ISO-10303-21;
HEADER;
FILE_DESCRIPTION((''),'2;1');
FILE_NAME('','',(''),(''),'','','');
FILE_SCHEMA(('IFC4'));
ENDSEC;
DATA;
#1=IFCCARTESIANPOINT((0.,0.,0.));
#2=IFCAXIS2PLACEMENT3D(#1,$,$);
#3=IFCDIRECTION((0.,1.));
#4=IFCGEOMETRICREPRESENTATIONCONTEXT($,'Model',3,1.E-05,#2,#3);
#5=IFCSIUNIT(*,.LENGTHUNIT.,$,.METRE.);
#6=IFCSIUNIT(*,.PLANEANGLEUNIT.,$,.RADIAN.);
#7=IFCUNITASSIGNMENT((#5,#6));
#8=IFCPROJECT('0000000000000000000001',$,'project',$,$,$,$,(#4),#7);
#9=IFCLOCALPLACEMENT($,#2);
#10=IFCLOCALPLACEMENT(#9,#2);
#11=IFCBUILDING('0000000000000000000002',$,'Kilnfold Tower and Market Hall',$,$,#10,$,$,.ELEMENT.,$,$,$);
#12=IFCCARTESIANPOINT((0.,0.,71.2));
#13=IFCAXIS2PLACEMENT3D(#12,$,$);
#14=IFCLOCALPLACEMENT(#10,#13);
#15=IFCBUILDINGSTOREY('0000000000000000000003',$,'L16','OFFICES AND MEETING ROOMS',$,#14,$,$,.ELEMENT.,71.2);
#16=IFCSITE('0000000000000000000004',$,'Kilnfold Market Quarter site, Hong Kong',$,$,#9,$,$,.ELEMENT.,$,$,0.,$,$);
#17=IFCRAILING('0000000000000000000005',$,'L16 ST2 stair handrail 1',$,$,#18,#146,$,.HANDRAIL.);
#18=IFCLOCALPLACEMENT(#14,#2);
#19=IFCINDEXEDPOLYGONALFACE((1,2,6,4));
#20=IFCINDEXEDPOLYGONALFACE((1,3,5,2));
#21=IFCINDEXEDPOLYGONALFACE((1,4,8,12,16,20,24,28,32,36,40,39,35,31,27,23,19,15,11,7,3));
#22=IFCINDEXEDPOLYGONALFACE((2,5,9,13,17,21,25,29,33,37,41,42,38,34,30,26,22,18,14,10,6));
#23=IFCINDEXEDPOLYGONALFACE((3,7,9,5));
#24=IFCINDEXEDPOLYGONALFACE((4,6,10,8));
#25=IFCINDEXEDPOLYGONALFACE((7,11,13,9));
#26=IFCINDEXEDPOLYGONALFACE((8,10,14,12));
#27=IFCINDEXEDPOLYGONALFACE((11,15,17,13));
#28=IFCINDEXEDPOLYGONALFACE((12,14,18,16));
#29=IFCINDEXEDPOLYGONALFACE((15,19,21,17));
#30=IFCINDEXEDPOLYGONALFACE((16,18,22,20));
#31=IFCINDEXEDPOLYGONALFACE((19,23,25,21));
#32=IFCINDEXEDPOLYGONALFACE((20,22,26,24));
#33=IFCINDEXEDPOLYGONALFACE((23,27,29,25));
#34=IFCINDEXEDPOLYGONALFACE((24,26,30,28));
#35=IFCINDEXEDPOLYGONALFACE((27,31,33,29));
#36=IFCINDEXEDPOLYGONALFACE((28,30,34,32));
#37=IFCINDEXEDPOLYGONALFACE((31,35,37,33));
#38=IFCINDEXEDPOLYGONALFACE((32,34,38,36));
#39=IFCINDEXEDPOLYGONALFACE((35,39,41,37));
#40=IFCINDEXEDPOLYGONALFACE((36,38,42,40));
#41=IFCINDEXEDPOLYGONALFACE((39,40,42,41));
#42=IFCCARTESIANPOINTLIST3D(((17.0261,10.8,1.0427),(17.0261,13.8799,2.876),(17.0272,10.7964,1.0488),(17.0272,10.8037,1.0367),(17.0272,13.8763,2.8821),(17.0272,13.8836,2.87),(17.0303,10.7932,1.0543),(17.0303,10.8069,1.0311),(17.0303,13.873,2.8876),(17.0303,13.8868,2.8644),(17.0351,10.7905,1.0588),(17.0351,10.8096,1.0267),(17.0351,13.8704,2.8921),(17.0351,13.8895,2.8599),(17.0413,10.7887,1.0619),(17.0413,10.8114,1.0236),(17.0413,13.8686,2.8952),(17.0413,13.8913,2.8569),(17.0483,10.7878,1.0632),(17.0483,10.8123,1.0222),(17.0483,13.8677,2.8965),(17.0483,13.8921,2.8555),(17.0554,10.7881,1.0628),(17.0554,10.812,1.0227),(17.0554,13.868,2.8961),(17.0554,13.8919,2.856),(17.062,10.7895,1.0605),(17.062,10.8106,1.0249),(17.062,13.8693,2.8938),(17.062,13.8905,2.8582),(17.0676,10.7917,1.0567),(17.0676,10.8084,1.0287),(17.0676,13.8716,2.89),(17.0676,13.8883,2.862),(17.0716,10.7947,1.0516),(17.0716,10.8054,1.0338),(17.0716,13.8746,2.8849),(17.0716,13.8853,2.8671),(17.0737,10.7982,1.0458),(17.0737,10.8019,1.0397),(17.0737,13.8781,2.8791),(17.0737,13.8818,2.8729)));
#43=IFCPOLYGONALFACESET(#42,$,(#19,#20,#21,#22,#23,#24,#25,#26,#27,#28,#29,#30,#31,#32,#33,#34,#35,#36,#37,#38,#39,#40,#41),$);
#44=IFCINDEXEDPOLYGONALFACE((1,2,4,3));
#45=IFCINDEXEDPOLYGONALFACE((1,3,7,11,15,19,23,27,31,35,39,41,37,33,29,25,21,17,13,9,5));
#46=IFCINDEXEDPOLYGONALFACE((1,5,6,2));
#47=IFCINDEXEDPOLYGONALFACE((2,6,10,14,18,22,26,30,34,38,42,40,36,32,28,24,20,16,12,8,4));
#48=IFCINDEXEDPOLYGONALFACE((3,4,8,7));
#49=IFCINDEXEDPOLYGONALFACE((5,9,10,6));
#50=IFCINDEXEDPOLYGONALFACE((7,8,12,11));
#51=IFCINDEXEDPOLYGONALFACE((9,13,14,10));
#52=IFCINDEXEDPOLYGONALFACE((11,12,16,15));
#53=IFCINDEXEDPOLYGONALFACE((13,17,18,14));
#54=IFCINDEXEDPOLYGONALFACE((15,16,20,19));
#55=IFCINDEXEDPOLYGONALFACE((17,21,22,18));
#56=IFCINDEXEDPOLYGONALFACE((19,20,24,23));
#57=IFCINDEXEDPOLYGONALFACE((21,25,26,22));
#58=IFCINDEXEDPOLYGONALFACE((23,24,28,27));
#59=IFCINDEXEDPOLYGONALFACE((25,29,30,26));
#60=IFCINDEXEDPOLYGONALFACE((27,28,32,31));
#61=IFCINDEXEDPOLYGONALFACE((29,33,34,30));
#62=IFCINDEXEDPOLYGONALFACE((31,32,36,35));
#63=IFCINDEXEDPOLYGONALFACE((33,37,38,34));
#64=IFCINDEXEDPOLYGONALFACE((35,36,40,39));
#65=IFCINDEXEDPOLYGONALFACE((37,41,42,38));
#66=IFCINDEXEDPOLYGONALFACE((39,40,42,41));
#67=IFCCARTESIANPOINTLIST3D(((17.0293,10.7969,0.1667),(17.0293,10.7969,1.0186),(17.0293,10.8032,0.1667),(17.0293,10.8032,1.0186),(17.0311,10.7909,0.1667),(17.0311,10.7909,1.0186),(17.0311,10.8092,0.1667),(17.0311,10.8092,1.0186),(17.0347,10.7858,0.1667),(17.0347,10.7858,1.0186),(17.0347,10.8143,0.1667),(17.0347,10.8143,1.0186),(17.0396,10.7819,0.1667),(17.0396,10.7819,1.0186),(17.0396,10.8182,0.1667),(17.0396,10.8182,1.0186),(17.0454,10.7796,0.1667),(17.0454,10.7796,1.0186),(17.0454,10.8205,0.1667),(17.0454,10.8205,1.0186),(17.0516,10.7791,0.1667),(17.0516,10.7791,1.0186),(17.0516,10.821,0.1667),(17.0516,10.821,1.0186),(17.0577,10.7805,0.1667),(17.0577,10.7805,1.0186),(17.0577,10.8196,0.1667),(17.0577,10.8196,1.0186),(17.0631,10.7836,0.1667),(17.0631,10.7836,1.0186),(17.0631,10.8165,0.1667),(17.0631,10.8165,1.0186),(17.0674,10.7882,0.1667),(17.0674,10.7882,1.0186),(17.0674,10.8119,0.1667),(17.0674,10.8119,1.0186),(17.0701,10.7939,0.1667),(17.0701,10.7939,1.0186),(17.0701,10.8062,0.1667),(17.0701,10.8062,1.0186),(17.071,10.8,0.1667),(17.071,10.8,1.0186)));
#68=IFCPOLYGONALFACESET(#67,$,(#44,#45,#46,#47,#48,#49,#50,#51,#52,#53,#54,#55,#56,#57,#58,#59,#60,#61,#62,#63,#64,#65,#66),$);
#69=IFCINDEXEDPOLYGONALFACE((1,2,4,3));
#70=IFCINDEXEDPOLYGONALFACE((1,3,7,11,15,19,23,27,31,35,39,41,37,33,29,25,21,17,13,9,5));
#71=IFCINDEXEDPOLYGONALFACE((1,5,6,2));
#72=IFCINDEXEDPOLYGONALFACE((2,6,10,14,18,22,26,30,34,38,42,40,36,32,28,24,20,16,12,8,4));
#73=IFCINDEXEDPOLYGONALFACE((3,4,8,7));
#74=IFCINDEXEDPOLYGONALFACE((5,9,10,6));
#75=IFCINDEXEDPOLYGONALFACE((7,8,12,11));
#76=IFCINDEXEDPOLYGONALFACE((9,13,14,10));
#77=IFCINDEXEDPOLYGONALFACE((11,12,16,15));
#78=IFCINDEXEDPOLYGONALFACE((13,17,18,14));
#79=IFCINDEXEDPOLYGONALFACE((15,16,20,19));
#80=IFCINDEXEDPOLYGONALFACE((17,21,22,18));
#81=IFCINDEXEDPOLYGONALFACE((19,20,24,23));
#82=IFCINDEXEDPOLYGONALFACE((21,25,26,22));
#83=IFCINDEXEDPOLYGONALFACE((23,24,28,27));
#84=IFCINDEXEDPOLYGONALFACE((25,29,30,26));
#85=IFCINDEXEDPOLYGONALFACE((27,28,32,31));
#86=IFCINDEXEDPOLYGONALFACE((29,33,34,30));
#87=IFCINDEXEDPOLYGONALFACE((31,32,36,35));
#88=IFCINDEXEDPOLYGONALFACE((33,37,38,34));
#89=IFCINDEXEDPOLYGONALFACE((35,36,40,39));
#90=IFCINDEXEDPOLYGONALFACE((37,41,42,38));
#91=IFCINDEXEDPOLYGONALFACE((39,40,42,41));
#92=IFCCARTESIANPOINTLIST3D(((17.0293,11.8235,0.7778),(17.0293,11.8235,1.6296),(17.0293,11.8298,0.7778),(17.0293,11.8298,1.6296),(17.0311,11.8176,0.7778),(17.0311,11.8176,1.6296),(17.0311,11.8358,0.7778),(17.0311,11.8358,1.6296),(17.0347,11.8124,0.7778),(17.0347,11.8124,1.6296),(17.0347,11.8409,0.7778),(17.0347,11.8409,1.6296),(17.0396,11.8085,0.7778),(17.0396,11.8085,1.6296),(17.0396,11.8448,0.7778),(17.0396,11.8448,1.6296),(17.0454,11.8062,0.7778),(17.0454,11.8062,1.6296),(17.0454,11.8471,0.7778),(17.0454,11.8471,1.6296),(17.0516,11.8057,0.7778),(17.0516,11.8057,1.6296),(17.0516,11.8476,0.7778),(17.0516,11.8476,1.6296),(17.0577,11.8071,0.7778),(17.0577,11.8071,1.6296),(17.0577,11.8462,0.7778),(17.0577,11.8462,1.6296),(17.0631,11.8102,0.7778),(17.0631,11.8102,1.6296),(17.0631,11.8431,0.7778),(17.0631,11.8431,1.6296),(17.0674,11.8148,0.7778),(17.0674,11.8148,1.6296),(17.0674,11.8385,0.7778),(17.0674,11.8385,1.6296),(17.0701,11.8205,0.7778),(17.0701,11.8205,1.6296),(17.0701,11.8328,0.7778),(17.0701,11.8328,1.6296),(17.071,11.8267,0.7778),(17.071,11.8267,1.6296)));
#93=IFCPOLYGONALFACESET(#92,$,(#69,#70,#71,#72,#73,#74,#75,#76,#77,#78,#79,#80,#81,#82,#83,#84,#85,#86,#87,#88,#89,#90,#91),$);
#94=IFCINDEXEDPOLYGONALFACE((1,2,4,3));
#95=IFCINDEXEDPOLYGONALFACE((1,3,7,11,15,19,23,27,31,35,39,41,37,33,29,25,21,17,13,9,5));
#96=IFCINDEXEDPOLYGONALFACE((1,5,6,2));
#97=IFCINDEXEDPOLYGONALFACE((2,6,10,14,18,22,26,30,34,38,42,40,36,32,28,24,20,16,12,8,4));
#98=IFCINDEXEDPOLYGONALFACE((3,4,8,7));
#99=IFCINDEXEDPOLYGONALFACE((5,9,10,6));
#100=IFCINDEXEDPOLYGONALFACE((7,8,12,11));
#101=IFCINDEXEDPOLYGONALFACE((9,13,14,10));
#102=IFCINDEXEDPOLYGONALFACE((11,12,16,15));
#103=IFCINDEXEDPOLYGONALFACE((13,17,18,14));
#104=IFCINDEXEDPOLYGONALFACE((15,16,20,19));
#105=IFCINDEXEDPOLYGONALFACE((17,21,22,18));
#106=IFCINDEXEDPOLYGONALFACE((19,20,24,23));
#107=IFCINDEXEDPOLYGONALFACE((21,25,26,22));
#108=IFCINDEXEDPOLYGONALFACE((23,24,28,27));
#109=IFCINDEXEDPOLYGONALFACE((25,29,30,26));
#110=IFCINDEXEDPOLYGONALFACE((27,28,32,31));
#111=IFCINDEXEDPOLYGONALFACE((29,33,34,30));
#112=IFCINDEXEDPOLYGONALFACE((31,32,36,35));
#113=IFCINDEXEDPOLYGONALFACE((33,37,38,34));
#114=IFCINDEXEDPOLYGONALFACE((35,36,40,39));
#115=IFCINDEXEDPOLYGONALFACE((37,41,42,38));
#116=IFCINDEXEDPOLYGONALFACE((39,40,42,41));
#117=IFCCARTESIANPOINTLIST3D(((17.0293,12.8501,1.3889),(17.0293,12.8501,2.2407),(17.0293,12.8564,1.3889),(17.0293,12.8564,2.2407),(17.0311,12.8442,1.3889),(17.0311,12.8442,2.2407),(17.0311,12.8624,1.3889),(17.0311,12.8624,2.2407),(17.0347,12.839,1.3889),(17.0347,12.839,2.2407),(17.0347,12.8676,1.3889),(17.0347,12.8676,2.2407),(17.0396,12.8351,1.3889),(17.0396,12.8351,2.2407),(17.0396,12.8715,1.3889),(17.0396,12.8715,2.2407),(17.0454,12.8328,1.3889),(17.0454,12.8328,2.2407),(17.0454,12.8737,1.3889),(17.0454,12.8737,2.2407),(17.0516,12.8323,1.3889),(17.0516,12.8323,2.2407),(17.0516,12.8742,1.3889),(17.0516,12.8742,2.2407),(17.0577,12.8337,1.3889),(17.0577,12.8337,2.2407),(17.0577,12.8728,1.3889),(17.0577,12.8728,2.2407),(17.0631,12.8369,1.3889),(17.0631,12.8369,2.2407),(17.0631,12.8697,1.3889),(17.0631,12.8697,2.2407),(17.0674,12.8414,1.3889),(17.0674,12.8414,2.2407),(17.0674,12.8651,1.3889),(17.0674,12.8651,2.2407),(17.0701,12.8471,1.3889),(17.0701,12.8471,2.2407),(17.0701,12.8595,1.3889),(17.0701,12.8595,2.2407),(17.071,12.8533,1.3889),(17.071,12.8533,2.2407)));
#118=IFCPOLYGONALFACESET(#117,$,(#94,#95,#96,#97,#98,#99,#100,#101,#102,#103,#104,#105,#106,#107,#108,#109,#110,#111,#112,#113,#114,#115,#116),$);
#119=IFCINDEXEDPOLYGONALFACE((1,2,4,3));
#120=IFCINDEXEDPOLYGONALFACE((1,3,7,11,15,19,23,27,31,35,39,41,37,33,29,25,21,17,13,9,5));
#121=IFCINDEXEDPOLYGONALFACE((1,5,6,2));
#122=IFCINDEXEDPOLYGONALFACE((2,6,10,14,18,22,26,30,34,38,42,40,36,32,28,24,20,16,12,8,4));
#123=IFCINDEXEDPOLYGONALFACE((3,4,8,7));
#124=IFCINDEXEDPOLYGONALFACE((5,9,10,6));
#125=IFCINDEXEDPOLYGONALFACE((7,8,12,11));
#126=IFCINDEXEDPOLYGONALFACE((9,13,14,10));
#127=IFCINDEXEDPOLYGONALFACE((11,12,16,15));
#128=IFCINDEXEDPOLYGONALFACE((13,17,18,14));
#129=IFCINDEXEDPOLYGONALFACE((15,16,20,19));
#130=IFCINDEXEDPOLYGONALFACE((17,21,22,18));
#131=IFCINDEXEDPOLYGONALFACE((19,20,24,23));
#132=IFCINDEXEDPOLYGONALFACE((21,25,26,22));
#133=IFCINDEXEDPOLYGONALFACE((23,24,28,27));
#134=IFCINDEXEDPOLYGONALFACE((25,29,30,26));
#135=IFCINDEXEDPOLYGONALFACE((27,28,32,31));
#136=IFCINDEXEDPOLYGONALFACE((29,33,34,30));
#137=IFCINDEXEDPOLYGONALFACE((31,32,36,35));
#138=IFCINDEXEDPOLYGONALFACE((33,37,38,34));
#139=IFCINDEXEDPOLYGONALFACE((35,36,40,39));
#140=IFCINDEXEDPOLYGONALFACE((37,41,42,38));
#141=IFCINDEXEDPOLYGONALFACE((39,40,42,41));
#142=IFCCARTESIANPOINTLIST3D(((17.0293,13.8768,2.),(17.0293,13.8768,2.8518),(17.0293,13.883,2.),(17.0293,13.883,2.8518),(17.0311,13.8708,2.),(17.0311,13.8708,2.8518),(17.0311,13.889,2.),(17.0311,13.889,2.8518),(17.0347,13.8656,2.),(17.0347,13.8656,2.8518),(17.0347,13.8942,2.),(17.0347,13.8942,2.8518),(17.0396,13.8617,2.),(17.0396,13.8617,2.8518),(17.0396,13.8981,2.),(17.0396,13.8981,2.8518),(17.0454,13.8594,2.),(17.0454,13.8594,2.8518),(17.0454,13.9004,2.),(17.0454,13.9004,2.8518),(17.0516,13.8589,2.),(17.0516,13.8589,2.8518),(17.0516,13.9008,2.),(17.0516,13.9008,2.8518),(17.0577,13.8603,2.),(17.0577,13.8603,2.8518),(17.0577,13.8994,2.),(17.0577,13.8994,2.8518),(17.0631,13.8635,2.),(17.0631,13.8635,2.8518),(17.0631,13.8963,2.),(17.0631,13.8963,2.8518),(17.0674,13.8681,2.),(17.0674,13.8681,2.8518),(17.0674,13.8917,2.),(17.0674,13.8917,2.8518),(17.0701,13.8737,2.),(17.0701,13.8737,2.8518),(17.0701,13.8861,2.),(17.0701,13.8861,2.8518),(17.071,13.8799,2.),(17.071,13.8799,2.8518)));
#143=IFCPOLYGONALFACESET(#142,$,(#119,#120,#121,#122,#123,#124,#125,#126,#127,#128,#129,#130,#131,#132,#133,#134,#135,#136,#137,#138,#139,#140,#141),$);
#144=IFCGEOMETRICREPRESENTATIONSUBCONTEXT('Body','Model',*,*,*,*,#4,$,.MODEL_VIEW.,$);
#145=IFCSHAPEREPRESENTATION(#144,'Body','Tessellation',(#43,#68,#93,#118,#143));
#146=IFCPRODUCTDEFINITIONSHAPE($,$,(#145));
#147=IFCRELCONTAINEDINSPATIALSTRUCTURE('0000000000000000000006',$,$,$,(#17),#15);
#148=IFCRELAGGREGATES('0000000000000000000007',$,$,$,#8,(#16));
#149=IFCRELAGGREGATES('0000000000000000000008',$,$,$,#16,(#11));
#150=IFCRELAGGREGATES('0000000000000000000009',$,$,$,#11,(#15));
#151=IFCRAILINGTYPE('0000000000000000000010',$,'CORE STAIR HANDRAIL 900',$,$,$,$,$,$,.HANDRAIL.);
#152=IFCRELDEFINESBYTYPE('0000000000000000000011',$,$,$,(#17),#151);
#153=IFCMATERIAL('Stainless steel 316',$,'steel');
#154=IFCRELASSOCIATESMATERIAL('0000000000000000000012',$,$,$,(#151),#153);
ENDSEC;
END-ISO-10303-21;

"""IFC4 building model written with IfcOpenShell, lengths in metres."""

from ifc_helpers import new_model, si_unit, direction, frame, origin, origin_2d, place, context, subcontext, project, spatial, circle, extrude, material, type_object, element, save


model = new_model("IFC4")

# Units and contexts
model_context = context("Model", 3, precision=1e-05, world=origin(), true_north=direction((0.0, 1.0)))
body_context = subcontext(model_context, "Body", "Model", "MODEL_VIEW")
ifc_project = project(units=[si_unit("LENGTHUNIT", "METRE"), si_unit("PLANEANGLEUNIT", "RADIAN")], contexts=[model_context])

# Site, building, storey
site_placement = place(None, origin())
site = spatial("IfcSite", under=ifc_project, at=site_placement, Name="Kilnfold Market Quarter site, Hong Kong", CompositionType="ELEMENT", RefElevation=0.0)
building_placement = place(site_placement, origin())
building = spatial("IfcBuilding", under=site, at=building_placement, Name="Kilnfold Tower and Market Hall", CompositionType="ELEMENT")
storey_placement = place(building_placement, frame((0.0, 0.0, 71.2)))
storey = spatial("IfcBuildingStorey", under=building, at=storey_placement, Name="L16", Description="OFFICES AND MEETING ROOMS", CompositionType="ELEMENT", Elevation=71.2)

# Railing
ifc_material_1 = material(Name="Stainless steel 316", Category="steel")
railing_type_1 = type_object("IfcRailingType", Name="CORE STAIR HANDRAIL 900", PredefinedType="HANDRAIL", material=ifc_material_1)
railing_1_placement = place(storey_placement, frame((17.05, 10.8, 0.1667)))
element("IfcRailing", 1, at=railing_1_placement, inside=storey, type_object=railing_type_1, Name="L16 ST2 stair handrail 1", PredefinedType="HANDRAIL", context=body_context, shape_type="SweptSolid", body=[
    extrude(circle(Radius=0.0239, at=origin_2d()), frame((0.0, 0.0, 0.876), z_axis=(0.0, 0.859291, 0.511487), x_axis=(-1.0, 0.0, 0.0)), (0.0, 0.0, 1.0), 3.5842),
    extrude(circle(Radius=0.021, at=origin_2d()), origin(), (0.0, 0.0, 1.0), 0.8518),
    extrude(circle(Radius=0.021, at=origin_2d()), frame((0.0, 1.0266, 0.6111)), (0.0, 0.0, 1.0), 0.8518),
    extrude(circle(Radius=0.021, at=origin_2d()), frame((0.0, 2.0532, 1.2222)), (0.0, 0.0, 1.0), 0.8518),
    extrude(circle(Radius=0.021, at=origin_2d()), frame((0.0, 3.0798, 1.8333)), (0.0, 0.0, 1.0), 0.8518),
])

save(model, "model.ifc")
